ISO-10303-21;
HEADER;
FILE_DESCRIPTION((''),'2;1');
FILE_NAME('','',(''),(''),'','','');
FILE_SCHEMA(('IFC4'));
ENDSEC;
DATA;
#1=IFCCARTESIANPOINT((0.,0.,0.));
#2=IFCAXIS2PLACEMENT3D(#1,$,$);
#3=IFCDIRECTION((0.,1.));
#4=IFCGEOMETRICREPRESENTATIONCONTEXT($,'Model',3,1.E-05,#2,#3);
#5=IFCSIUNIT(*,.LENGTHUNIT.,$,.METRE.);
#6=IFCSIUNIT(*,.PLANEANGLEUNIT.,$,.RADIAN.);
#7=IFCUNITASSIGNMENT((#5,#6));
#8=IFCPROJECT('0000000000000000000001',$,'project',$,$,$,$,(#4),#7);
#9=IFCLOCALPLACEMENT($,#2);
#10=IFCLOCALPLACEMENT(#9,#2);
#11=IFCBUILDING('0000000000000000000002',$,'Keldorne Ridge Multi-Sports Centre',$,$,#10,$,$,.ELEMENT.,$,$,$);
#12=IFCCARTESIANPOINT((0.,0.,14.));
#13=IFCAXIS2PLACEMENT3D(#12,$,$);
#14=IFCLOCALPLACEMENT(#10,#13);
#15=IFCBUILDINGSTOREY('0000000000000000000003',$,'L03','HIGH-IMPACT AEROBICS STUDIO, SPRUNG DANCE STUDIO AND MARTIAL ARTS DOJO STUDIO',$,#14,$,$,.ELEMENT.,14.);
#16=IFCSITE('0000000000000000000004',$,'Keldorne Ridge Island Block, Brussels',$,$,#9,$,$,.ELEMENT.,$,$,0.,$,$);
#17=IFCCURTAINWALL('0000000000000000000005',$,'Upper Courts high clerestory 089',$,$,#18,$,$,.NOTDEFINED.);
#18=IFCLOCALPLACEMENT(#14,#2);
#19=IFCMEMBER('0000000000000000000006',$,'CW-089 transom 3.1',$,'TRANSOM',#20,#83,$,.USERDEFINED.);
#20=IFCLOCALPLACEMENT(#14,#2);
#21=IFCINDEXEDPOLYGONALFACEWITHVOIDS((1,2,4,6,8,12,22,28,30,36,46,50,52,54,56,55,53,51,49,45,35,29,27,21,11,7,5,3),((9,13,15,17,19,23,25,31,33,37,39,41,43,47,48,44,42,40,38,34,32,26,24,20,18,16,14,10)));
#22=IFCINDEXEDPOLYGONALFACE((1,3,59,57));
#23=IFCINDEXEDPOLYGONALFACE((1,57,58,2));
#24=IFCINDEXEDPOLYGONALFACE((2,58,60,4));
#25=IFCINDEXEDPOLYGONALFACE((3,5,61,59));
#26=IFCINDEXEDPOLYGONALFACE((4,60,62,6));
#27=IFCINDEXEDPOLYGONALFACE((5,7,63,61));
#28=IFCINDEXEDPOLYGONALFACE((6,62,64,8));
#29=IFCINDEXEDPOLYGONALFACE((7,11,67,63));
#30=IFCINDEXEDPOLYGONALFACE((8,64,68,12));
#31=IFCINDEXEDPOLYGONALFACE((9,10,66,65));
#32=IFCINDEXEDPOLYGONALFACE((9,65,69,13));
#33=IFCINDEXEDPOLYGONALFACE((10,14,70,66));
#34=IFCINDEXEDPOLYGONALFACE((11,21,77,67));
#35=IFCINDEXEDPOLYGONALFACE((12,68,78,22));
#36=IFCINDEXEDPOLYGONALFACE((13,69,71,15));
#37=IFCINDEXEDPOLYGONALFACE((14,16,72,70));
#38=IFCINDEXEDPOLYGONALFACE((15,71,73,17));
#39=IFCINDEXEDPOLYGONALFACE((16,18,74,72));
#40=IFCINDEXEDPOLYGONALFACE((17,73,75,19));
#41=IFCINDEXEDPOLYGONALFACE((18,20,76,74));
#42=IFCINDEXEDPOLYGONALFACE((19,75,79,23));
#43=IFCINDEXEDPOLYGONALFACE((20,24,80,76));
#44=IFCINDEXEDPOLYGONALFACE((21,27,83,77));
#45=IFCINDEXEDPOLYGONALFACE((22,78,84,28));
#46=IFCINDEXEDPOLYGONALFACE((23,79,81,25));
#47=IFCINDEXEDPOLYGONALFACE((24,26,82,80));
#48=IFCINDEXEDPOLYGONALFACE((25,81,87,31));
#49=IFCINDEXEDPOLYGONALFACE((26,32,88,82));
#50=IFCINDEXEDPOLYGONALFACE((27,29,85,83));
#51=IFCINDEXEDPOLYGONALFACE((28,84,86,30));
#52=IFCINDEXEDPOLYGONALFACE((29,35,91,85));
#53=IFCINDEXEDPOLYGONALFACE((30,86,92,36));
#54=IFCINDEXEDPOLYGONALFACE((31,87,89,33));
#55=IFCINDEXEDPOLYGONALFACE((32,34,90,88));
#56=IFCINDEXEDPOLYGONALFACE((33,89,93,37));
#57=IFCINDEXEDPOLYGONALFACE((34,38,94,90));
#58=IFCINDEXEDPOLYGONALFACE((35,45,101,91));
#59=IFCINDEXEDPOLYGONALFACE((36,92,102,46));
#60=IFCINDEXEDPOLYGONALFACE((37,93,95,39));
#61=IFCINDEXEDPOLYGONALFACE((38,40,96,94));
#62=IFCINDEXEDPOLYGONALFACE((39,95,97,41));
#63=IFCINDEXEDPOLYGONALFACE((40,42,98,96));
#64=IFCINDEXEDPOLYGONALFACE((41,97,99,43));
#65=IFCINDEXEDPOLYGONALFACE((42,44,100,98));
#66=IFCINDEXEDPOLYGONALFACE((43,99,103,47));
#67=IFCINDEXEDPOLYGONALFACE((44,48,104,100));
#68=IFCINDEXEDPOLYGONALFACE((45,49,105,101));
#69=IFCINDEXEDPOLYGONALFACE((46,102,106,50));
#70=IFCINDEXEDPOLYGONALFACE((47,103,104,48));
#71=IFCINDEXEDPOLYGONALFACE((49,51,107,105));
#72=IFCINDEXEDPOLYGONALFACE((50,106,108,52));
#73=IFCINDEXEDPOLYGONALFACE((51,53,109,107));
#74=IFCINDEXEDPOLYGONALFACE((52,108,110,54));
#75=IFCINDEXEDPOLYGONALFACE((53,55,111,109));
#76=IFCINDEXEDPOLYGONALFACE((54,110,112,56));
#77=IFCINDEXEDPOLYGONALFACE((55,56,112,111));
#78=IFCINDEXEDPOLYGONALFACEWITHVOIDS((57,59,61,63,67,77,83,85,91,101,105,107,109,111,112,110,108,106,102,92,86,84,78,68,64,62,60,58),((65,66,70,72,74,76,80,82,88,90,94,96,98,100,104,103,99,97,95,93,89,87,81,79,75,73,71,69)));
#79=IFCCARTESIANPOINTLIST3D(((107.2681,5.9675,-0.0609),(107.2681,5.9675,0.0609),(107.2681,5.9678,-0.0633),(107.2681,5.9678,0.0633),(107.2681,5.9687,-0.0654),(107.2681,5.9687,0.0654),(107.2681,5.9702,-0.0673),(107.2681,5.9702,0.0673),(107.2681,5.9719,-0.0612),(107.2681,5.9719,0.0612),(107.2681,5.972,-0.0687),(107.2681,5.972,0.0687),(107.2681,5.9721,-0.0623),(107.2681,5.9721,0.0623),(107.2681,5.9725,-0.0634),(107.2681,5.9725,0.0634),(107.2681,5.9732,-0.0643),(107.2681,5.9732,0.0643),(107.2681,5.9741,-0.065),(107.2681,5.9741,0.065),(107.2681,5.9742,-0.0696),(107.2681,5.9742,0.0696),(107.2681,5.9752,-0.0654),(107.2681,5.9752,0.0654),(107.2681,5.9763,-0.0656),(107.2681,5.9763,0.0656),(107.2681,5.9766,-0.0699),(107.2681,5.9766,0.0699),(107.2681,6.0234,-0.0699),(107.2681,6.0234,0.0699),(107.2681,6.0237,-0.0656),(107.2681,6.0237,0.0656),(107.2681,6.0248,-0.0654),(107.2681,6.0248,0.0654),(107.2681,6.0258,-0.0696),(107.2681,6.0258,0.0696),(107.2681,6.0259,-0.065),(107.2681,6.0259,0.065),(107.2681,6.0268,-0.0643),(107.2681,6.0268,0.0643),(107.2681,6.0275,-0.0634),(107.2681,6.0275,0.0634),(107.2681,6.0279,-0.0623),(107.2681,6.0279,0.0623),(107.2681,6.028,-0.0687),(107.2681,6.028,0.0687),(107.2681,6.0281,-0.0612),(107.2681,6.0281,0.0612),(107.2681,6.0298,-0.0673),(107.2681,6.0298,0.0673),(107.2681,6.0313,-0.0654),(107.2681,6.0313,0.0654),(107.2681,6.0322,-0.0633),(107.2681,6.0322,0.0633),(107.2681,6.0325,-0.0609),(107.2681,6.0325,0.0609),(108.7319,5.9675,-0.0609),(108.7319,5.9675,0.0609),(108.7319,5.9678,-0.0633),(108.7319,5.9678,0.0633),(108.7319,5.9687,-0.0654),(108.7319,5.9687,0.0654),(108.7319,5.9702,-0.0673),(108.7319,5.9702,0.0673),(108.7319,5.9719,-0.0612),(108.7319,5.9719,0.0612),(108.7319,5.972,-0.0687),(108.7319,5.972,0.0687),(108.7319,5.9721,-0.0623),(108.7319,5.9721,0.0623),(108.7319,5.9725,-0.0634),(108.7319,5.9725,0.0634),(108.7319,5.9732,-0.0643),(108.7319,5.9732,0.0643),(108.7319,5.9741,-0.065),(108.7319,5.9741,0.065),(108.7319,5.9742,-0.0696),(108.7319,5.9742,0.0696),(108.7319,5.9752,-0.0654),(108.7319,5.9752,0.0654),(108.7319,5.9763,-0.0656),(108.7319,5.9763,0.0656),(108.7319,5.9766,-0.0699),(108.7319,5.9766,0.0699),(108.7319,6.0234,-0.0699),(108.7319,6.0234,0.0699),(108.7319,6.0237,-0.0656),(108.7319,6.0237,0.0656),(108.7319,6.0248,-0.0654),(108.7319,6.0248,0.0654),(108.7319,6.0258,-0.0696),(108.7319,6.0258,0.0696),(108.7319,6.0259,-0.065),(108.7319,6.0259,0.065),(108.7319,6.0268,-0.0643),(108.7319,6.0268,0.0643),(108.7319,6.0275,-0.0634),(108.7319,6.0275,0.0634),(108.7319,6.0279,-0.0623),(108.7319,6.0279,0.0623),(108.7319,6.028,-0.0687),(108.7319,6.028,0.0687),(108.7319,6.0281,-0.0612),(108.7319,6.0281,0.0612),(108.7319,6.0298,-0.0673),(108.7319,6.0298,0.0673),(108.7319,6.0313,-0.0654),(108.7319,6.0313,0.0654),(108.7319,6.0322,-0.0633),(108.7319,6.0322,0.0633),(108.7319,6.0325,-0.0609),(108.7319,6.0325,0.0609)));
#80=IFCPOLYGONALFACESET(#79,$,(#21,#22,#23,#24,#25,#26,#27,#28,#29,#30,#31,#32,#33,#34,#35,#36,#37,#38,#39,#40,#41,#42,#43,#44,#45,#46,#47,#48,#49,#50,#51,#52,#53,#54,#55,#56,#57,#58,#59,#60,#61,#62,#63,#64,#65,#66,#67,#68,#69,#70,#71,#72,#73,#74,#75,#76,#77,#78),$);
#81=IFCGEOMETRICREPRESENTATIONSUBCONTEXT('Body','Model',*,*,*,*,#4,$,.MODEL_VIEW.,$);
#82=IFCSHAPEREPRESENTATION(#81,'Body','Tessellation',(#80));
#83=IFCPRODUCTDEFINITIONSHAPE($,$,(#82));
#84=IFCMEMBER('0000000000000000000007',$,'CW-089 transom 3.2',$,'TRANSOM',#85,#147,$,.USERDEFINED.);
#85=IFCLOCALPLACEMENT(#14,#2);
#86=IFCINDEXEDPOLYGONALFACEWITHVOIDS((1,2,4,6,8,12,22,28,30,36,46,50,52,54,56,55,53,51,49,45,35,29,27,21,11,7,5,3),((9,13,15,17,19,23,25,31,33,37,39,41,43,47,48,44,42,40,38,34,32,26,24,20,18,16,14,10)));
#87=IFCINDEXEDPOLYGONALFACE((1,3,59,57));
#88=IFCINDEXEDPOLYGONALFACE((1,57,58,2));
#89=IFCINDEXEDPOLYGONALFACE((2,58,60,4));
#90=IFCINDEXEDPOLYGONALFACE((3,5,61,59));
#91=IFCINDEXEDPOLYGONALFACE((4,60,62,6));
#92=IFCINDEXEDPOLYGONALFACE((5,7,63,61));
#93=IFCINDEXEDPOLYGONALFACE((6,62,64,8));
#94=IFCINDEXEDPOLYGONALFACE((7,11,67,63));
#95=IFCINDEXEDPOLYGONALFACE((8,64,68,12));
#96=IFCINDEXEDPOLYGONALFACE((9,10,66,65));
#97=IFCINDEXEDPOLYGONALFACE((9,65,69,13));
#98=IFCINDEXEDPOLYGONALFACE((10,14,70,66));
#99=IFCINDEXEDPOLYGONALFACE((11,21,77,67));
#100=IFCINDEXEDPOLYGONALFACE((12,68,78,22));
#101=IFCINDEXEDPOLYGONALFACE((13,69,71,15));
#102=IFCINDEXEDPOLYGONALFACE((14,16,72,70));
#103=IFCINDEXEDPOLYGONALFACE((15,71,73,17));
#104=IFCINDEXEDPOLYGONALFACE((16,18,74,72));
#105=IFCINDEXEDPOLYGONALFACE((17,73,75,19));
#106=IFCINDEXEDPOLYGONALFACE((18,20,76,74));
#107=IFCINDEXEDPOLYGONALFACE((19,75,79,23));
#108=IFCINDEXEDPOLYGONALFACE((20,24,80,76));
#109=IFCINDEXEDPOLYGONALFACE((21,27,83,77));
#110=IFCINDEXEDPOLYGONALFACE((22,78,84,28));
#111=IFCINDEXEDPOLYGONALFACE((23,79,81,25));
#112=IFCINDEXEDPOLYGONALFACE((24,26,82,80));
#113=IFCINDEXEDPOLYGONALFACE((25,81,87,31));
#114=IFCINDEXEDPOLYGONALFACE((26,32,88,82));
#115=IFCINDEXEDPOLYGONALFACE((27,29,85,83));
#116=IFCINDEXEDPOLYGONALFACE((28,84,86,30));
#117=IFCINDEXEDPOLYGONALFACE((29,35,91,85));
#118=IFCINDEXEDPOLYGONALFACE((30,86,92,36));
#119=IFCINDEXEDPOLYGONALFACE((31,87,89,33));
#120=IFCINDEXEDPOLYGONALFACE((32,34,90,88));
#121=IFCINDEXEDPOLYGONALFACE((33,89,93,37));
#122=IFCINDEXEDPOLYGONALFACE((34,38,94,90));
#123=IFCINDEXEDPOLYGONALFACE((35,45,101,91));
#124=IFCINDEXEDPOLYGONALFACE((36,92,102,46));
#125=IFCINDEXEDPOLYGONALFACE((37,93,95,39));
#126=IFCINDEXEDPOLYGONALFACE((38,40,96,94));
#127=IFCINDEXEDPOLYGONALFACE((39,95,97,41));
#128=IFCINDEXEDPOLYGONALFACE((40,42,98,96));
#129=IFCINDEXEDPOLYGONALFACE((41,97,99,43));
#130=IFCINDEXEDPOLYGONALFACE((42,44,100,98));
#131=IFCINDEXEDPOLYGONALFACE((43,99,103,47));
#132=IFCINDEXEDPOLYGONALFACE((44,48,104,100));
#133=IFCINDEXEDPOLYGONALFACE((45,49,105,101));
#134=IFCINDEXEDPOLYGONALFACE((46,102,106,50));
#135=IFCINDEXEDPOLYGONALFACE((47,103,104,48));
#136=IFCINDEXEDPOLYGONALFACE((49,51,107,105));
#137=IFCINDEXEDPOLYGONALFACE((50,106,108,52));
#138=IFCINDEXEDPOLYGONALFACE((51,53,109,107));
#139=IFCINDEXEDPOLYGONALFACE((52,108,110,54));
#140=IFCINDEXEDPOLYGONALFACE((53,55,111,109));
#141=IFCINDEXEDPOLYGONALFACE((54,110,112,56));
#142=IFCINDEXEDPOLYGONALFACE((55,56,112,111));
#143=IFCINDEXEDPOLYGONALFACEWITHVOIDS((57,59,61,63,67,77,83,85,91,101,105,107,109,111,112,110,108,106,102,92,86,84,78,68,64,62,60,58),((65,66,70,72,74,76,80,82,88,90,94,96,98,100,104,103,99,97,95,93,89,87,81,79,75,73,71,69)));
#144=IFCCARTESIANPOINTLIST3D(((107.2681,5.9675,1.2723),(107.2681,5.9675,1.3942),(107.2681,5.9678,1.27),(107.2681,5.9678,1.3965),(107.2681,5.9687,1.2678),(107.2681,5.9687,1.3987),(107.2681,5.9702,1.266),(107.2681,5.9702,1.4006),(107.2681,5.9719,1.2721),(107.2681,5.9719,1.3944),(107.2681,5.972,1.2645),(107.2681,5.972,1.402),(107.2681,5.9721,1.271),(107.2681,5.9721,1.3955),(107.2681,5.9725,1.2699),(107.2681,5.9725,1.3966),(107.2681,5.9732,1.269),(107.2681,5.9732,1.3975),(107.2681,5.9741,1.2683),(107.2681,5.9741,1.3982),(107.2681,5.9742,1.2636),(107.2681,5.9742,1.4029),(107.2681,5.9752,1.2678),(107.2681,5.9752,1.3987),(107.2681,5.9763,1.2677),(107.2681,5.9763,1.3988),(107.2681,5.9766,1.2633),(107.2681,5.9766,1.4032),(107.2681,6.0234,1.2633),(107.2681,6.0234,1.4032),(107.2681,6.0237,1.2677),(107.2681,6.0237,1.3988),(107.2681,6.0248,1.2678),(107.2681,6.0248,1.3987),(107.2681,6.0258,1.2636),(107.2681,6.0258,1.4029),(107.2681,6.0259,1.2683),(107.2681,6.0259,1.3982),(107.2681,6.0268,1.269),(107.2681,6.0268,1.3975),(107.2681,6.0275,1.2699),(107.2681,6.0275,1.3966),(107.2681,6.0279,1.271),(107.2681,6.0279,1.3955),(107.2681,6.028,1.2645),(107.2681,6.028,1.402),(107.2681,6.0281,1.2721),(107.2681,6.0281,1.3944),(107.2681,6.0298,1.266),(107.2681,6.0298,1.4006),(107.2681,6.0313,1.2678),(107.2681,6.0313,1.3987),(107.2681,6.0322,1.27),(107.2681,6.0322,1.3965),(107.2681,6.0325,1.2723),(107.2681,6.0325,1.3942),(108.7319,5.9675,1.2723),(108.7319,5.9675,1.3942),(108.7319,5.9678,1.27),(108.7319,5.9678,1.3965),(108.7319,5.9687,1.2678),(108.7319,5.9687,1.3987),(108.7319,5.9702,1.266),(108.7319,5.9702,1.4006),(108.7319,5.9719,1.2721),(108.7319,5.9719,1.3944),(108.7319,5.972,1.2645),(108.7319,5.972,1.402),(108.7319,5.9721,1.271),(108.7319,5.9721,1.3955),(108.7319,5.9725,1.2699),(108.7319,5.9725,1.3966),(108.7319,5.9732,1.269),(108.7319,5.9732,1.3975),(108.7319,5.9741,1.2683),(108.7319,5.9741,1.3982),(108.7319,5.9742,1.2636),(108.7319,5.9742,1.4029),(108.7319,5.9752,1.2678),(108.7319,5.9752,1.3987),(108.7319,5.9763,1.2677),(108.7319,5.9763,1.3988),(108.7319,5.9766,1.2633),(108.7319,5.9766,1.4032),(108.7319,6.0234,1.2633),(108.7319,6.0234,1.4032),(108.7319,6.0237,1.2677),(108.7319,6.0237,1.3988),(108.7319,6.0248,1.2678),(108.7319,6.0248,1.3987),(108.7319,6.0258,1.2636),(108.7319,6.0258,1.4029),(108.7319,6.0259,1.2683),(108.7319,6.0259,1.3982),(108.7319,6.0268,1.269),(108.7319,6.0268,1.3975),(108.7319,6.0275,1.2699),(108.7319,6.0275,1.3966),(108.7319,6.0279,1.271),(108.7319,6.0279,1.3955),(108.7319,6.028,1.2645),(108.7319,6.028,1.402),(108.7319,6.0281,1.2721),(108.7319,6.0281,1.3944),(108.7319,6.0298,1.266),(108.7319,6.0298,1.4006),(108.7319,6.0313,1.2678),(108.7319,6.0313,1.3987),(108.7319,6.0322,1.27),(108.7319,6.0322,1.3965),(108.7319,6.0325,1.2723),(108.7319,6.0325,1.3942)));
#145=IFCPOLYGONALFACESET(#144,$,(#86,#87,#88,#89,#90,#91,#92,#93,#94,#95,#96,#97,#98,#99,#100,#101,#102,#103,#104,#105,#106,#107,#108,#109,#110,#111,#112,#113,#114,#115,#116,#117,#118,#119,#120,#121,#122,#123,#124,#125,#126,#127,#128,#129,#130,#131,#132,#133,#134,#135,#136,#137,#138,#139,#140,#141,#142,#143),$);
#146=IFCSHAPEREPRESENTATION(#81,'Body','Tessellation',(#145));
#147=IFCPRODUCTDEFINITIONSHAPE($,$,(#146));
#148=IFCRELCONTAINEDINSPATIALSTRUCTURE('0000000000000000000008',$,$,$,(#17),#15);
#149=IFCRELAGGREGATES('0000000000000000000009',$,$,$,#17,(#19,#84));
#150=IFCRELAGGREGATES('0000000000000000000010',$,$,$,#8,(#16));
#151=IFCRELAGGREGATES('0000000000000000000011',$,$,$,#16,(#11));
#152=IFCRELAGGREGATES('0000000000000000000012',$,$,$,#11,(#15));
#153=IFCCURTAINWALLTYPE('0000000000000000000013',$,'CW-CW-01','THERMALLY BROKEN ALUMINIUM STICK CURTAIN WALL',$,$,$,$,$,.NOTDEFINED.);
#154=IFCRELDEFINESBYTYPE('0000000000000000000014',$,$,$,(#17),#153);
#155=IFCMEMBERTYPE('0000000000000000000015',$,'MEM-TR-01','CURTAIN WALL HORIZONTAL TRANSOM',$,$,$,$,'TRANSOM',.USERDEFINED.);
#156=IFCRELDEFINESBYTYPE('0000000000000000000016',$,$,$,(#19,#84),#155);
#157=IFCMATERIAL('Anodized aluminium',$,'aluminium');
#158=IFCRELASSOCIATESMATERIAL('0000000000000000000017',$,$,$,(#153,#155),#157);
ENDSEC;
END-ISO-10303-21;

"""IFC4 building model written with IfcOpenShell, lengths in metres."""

from ifc_helpers import new_model, si_unit, direction, frame, origin, origin_2d, place, context, subcontext, project, spatial, hollow_rectangle, extrude, material, material_profile, profile_set, type_object, element, aggregate, save


model = new_model("IFC4")

# Units and contexts
model_context = context("Model", 3, precision=1e-05, world=origin(), true_north=direction((0.0, 1.0)))
body_context = subcontext(model_context, "Body", "Model", "MODEL_VIEW")
ifc_project = project(units=[si_unit("LENGTHUNIT", "METRE"), si_unit("PLANEANGLEUNIT", "RADIAN")], contexts=[model_context])

# Site, building, storey
site_placement = place(None, origin())
site = spatial("IfcSite", under=ifc_project, at=site_placement, Name="Keldorne Ridge Island Block, Brussels", CompositionType="ELEMENT", RefElevation=0.0)
building_placement = place(site_placement, origin())
building = spatial("IfcBuilding", under=site, at=building_placement, Name="Keldorne Ridge Multi-Sports Centre", CompositionType="ELEMENT")
storey_placement = place(building_placement, frame((0.0, 0.0, 14.0)))
storey = spatial("IfcBuildingStorey", under=building, at=storey_placement, Name="L03", Description="HIGH-IMPACT AEROBICS STUDIO, SPRUNG DANCE STUDIO AND MARTIAL ARTS DOJO STUDIO", CompositionType="ELEMENT", Elevation=14.0)

# Curtain wall, members
ifc_material_1 = material(Name="Anodized aluminium", Category="aluminium")
curtain_wall_type = type_object("IfcCurtainWallType", Name="CW-CW-01", Description="THERMALLY BROKEN ALUMINIUM STICK CURTAIN WALL", PredefinedType="NOTDEFINED", material=ifc_material_1)
curtain_wall_placement = place(storey_placement, origin())
curtain_wall = element("IfcCurtainWall", 1, at=curtain_wall_placement, inside=storey, type_object=curtain_wall_type, Name="Upper Courts high clerestory 089", PredefinedType="NOTDEFINED")
ifc_material_profile_1 = material_profile(ifc_material_1, hollow_rectangle(XDim=0.0649, YDim=0.1399, WallThickness=0.0044, InnerFilletRadius=0.0044, OuterFilletRadius=0.009, at=origin_2d()), Name="ALU TRANSOM 140x65x4.5")
ifc_profile_set_1 = profile_set([ifc_material_profile_1], Name="Anodized aluminium")
member_type_1 = type_object("IfcMemberType", Name="MEM-TR-01", Description="CURTAIN WALL HORIZONTAL TRANSOM", ElementType="TRANSOM", PredefinedType="USERDEFINED", material=ifc_profile_set_1)
member_1_placement = place(storey_placement, frame((107.2681, 6.0, 0.0), z_axis=(1.0, 0.0, 0.0), x_axis=(0.0, 1.0, 0.0)))
member_1 = element("IfcMember", 2, at=member_1_placement, type_object=member_type_1, Name="CW-089 transom 3.1", ObjectType="TRANSOM", PredefinedType="USERDEFINED", context=body_context, shape_type="SweptSolid", body=[
    extrude(hollow_rectangle(XDim=0.0649, YDim=0.1399, WallThickness=0.0044, InnerFilletRadius=0.0044, OuterFilletRadius=0.009, at=origin_2d()), origin(), (0.0, 0.0, 1.0), 1.4639),
])
member_2_placement = place(storey_placement, frame((107.2681, 6.0, 1.3333), z_axis=(1.0, 0.0, 0.0), x_axis=(0.0, 1.0, 0.0)))
member_2 = element("IfcMember", 3, at=member_2_placement, type_object=member_type_1, Name="CW-089 transom 3.2", ObjectType="TRANSOM", PredefinedType="USERDEFINED", context=body_context, shape_type="SweptSolid", body=[
    extrude(hollow_rectangle(XDim=0.0649, YDim=0.1399, WallThickness=0.0044, InnerFilletRadius=0.0044, OuterFilletRadius=0.009, at=origin_2d()), origin(), (0.0, 0.0, 1.0), 1.4639),
])
aggregate(curtain_wall, [member_1, member_2])

save(model, "model.ifc")
